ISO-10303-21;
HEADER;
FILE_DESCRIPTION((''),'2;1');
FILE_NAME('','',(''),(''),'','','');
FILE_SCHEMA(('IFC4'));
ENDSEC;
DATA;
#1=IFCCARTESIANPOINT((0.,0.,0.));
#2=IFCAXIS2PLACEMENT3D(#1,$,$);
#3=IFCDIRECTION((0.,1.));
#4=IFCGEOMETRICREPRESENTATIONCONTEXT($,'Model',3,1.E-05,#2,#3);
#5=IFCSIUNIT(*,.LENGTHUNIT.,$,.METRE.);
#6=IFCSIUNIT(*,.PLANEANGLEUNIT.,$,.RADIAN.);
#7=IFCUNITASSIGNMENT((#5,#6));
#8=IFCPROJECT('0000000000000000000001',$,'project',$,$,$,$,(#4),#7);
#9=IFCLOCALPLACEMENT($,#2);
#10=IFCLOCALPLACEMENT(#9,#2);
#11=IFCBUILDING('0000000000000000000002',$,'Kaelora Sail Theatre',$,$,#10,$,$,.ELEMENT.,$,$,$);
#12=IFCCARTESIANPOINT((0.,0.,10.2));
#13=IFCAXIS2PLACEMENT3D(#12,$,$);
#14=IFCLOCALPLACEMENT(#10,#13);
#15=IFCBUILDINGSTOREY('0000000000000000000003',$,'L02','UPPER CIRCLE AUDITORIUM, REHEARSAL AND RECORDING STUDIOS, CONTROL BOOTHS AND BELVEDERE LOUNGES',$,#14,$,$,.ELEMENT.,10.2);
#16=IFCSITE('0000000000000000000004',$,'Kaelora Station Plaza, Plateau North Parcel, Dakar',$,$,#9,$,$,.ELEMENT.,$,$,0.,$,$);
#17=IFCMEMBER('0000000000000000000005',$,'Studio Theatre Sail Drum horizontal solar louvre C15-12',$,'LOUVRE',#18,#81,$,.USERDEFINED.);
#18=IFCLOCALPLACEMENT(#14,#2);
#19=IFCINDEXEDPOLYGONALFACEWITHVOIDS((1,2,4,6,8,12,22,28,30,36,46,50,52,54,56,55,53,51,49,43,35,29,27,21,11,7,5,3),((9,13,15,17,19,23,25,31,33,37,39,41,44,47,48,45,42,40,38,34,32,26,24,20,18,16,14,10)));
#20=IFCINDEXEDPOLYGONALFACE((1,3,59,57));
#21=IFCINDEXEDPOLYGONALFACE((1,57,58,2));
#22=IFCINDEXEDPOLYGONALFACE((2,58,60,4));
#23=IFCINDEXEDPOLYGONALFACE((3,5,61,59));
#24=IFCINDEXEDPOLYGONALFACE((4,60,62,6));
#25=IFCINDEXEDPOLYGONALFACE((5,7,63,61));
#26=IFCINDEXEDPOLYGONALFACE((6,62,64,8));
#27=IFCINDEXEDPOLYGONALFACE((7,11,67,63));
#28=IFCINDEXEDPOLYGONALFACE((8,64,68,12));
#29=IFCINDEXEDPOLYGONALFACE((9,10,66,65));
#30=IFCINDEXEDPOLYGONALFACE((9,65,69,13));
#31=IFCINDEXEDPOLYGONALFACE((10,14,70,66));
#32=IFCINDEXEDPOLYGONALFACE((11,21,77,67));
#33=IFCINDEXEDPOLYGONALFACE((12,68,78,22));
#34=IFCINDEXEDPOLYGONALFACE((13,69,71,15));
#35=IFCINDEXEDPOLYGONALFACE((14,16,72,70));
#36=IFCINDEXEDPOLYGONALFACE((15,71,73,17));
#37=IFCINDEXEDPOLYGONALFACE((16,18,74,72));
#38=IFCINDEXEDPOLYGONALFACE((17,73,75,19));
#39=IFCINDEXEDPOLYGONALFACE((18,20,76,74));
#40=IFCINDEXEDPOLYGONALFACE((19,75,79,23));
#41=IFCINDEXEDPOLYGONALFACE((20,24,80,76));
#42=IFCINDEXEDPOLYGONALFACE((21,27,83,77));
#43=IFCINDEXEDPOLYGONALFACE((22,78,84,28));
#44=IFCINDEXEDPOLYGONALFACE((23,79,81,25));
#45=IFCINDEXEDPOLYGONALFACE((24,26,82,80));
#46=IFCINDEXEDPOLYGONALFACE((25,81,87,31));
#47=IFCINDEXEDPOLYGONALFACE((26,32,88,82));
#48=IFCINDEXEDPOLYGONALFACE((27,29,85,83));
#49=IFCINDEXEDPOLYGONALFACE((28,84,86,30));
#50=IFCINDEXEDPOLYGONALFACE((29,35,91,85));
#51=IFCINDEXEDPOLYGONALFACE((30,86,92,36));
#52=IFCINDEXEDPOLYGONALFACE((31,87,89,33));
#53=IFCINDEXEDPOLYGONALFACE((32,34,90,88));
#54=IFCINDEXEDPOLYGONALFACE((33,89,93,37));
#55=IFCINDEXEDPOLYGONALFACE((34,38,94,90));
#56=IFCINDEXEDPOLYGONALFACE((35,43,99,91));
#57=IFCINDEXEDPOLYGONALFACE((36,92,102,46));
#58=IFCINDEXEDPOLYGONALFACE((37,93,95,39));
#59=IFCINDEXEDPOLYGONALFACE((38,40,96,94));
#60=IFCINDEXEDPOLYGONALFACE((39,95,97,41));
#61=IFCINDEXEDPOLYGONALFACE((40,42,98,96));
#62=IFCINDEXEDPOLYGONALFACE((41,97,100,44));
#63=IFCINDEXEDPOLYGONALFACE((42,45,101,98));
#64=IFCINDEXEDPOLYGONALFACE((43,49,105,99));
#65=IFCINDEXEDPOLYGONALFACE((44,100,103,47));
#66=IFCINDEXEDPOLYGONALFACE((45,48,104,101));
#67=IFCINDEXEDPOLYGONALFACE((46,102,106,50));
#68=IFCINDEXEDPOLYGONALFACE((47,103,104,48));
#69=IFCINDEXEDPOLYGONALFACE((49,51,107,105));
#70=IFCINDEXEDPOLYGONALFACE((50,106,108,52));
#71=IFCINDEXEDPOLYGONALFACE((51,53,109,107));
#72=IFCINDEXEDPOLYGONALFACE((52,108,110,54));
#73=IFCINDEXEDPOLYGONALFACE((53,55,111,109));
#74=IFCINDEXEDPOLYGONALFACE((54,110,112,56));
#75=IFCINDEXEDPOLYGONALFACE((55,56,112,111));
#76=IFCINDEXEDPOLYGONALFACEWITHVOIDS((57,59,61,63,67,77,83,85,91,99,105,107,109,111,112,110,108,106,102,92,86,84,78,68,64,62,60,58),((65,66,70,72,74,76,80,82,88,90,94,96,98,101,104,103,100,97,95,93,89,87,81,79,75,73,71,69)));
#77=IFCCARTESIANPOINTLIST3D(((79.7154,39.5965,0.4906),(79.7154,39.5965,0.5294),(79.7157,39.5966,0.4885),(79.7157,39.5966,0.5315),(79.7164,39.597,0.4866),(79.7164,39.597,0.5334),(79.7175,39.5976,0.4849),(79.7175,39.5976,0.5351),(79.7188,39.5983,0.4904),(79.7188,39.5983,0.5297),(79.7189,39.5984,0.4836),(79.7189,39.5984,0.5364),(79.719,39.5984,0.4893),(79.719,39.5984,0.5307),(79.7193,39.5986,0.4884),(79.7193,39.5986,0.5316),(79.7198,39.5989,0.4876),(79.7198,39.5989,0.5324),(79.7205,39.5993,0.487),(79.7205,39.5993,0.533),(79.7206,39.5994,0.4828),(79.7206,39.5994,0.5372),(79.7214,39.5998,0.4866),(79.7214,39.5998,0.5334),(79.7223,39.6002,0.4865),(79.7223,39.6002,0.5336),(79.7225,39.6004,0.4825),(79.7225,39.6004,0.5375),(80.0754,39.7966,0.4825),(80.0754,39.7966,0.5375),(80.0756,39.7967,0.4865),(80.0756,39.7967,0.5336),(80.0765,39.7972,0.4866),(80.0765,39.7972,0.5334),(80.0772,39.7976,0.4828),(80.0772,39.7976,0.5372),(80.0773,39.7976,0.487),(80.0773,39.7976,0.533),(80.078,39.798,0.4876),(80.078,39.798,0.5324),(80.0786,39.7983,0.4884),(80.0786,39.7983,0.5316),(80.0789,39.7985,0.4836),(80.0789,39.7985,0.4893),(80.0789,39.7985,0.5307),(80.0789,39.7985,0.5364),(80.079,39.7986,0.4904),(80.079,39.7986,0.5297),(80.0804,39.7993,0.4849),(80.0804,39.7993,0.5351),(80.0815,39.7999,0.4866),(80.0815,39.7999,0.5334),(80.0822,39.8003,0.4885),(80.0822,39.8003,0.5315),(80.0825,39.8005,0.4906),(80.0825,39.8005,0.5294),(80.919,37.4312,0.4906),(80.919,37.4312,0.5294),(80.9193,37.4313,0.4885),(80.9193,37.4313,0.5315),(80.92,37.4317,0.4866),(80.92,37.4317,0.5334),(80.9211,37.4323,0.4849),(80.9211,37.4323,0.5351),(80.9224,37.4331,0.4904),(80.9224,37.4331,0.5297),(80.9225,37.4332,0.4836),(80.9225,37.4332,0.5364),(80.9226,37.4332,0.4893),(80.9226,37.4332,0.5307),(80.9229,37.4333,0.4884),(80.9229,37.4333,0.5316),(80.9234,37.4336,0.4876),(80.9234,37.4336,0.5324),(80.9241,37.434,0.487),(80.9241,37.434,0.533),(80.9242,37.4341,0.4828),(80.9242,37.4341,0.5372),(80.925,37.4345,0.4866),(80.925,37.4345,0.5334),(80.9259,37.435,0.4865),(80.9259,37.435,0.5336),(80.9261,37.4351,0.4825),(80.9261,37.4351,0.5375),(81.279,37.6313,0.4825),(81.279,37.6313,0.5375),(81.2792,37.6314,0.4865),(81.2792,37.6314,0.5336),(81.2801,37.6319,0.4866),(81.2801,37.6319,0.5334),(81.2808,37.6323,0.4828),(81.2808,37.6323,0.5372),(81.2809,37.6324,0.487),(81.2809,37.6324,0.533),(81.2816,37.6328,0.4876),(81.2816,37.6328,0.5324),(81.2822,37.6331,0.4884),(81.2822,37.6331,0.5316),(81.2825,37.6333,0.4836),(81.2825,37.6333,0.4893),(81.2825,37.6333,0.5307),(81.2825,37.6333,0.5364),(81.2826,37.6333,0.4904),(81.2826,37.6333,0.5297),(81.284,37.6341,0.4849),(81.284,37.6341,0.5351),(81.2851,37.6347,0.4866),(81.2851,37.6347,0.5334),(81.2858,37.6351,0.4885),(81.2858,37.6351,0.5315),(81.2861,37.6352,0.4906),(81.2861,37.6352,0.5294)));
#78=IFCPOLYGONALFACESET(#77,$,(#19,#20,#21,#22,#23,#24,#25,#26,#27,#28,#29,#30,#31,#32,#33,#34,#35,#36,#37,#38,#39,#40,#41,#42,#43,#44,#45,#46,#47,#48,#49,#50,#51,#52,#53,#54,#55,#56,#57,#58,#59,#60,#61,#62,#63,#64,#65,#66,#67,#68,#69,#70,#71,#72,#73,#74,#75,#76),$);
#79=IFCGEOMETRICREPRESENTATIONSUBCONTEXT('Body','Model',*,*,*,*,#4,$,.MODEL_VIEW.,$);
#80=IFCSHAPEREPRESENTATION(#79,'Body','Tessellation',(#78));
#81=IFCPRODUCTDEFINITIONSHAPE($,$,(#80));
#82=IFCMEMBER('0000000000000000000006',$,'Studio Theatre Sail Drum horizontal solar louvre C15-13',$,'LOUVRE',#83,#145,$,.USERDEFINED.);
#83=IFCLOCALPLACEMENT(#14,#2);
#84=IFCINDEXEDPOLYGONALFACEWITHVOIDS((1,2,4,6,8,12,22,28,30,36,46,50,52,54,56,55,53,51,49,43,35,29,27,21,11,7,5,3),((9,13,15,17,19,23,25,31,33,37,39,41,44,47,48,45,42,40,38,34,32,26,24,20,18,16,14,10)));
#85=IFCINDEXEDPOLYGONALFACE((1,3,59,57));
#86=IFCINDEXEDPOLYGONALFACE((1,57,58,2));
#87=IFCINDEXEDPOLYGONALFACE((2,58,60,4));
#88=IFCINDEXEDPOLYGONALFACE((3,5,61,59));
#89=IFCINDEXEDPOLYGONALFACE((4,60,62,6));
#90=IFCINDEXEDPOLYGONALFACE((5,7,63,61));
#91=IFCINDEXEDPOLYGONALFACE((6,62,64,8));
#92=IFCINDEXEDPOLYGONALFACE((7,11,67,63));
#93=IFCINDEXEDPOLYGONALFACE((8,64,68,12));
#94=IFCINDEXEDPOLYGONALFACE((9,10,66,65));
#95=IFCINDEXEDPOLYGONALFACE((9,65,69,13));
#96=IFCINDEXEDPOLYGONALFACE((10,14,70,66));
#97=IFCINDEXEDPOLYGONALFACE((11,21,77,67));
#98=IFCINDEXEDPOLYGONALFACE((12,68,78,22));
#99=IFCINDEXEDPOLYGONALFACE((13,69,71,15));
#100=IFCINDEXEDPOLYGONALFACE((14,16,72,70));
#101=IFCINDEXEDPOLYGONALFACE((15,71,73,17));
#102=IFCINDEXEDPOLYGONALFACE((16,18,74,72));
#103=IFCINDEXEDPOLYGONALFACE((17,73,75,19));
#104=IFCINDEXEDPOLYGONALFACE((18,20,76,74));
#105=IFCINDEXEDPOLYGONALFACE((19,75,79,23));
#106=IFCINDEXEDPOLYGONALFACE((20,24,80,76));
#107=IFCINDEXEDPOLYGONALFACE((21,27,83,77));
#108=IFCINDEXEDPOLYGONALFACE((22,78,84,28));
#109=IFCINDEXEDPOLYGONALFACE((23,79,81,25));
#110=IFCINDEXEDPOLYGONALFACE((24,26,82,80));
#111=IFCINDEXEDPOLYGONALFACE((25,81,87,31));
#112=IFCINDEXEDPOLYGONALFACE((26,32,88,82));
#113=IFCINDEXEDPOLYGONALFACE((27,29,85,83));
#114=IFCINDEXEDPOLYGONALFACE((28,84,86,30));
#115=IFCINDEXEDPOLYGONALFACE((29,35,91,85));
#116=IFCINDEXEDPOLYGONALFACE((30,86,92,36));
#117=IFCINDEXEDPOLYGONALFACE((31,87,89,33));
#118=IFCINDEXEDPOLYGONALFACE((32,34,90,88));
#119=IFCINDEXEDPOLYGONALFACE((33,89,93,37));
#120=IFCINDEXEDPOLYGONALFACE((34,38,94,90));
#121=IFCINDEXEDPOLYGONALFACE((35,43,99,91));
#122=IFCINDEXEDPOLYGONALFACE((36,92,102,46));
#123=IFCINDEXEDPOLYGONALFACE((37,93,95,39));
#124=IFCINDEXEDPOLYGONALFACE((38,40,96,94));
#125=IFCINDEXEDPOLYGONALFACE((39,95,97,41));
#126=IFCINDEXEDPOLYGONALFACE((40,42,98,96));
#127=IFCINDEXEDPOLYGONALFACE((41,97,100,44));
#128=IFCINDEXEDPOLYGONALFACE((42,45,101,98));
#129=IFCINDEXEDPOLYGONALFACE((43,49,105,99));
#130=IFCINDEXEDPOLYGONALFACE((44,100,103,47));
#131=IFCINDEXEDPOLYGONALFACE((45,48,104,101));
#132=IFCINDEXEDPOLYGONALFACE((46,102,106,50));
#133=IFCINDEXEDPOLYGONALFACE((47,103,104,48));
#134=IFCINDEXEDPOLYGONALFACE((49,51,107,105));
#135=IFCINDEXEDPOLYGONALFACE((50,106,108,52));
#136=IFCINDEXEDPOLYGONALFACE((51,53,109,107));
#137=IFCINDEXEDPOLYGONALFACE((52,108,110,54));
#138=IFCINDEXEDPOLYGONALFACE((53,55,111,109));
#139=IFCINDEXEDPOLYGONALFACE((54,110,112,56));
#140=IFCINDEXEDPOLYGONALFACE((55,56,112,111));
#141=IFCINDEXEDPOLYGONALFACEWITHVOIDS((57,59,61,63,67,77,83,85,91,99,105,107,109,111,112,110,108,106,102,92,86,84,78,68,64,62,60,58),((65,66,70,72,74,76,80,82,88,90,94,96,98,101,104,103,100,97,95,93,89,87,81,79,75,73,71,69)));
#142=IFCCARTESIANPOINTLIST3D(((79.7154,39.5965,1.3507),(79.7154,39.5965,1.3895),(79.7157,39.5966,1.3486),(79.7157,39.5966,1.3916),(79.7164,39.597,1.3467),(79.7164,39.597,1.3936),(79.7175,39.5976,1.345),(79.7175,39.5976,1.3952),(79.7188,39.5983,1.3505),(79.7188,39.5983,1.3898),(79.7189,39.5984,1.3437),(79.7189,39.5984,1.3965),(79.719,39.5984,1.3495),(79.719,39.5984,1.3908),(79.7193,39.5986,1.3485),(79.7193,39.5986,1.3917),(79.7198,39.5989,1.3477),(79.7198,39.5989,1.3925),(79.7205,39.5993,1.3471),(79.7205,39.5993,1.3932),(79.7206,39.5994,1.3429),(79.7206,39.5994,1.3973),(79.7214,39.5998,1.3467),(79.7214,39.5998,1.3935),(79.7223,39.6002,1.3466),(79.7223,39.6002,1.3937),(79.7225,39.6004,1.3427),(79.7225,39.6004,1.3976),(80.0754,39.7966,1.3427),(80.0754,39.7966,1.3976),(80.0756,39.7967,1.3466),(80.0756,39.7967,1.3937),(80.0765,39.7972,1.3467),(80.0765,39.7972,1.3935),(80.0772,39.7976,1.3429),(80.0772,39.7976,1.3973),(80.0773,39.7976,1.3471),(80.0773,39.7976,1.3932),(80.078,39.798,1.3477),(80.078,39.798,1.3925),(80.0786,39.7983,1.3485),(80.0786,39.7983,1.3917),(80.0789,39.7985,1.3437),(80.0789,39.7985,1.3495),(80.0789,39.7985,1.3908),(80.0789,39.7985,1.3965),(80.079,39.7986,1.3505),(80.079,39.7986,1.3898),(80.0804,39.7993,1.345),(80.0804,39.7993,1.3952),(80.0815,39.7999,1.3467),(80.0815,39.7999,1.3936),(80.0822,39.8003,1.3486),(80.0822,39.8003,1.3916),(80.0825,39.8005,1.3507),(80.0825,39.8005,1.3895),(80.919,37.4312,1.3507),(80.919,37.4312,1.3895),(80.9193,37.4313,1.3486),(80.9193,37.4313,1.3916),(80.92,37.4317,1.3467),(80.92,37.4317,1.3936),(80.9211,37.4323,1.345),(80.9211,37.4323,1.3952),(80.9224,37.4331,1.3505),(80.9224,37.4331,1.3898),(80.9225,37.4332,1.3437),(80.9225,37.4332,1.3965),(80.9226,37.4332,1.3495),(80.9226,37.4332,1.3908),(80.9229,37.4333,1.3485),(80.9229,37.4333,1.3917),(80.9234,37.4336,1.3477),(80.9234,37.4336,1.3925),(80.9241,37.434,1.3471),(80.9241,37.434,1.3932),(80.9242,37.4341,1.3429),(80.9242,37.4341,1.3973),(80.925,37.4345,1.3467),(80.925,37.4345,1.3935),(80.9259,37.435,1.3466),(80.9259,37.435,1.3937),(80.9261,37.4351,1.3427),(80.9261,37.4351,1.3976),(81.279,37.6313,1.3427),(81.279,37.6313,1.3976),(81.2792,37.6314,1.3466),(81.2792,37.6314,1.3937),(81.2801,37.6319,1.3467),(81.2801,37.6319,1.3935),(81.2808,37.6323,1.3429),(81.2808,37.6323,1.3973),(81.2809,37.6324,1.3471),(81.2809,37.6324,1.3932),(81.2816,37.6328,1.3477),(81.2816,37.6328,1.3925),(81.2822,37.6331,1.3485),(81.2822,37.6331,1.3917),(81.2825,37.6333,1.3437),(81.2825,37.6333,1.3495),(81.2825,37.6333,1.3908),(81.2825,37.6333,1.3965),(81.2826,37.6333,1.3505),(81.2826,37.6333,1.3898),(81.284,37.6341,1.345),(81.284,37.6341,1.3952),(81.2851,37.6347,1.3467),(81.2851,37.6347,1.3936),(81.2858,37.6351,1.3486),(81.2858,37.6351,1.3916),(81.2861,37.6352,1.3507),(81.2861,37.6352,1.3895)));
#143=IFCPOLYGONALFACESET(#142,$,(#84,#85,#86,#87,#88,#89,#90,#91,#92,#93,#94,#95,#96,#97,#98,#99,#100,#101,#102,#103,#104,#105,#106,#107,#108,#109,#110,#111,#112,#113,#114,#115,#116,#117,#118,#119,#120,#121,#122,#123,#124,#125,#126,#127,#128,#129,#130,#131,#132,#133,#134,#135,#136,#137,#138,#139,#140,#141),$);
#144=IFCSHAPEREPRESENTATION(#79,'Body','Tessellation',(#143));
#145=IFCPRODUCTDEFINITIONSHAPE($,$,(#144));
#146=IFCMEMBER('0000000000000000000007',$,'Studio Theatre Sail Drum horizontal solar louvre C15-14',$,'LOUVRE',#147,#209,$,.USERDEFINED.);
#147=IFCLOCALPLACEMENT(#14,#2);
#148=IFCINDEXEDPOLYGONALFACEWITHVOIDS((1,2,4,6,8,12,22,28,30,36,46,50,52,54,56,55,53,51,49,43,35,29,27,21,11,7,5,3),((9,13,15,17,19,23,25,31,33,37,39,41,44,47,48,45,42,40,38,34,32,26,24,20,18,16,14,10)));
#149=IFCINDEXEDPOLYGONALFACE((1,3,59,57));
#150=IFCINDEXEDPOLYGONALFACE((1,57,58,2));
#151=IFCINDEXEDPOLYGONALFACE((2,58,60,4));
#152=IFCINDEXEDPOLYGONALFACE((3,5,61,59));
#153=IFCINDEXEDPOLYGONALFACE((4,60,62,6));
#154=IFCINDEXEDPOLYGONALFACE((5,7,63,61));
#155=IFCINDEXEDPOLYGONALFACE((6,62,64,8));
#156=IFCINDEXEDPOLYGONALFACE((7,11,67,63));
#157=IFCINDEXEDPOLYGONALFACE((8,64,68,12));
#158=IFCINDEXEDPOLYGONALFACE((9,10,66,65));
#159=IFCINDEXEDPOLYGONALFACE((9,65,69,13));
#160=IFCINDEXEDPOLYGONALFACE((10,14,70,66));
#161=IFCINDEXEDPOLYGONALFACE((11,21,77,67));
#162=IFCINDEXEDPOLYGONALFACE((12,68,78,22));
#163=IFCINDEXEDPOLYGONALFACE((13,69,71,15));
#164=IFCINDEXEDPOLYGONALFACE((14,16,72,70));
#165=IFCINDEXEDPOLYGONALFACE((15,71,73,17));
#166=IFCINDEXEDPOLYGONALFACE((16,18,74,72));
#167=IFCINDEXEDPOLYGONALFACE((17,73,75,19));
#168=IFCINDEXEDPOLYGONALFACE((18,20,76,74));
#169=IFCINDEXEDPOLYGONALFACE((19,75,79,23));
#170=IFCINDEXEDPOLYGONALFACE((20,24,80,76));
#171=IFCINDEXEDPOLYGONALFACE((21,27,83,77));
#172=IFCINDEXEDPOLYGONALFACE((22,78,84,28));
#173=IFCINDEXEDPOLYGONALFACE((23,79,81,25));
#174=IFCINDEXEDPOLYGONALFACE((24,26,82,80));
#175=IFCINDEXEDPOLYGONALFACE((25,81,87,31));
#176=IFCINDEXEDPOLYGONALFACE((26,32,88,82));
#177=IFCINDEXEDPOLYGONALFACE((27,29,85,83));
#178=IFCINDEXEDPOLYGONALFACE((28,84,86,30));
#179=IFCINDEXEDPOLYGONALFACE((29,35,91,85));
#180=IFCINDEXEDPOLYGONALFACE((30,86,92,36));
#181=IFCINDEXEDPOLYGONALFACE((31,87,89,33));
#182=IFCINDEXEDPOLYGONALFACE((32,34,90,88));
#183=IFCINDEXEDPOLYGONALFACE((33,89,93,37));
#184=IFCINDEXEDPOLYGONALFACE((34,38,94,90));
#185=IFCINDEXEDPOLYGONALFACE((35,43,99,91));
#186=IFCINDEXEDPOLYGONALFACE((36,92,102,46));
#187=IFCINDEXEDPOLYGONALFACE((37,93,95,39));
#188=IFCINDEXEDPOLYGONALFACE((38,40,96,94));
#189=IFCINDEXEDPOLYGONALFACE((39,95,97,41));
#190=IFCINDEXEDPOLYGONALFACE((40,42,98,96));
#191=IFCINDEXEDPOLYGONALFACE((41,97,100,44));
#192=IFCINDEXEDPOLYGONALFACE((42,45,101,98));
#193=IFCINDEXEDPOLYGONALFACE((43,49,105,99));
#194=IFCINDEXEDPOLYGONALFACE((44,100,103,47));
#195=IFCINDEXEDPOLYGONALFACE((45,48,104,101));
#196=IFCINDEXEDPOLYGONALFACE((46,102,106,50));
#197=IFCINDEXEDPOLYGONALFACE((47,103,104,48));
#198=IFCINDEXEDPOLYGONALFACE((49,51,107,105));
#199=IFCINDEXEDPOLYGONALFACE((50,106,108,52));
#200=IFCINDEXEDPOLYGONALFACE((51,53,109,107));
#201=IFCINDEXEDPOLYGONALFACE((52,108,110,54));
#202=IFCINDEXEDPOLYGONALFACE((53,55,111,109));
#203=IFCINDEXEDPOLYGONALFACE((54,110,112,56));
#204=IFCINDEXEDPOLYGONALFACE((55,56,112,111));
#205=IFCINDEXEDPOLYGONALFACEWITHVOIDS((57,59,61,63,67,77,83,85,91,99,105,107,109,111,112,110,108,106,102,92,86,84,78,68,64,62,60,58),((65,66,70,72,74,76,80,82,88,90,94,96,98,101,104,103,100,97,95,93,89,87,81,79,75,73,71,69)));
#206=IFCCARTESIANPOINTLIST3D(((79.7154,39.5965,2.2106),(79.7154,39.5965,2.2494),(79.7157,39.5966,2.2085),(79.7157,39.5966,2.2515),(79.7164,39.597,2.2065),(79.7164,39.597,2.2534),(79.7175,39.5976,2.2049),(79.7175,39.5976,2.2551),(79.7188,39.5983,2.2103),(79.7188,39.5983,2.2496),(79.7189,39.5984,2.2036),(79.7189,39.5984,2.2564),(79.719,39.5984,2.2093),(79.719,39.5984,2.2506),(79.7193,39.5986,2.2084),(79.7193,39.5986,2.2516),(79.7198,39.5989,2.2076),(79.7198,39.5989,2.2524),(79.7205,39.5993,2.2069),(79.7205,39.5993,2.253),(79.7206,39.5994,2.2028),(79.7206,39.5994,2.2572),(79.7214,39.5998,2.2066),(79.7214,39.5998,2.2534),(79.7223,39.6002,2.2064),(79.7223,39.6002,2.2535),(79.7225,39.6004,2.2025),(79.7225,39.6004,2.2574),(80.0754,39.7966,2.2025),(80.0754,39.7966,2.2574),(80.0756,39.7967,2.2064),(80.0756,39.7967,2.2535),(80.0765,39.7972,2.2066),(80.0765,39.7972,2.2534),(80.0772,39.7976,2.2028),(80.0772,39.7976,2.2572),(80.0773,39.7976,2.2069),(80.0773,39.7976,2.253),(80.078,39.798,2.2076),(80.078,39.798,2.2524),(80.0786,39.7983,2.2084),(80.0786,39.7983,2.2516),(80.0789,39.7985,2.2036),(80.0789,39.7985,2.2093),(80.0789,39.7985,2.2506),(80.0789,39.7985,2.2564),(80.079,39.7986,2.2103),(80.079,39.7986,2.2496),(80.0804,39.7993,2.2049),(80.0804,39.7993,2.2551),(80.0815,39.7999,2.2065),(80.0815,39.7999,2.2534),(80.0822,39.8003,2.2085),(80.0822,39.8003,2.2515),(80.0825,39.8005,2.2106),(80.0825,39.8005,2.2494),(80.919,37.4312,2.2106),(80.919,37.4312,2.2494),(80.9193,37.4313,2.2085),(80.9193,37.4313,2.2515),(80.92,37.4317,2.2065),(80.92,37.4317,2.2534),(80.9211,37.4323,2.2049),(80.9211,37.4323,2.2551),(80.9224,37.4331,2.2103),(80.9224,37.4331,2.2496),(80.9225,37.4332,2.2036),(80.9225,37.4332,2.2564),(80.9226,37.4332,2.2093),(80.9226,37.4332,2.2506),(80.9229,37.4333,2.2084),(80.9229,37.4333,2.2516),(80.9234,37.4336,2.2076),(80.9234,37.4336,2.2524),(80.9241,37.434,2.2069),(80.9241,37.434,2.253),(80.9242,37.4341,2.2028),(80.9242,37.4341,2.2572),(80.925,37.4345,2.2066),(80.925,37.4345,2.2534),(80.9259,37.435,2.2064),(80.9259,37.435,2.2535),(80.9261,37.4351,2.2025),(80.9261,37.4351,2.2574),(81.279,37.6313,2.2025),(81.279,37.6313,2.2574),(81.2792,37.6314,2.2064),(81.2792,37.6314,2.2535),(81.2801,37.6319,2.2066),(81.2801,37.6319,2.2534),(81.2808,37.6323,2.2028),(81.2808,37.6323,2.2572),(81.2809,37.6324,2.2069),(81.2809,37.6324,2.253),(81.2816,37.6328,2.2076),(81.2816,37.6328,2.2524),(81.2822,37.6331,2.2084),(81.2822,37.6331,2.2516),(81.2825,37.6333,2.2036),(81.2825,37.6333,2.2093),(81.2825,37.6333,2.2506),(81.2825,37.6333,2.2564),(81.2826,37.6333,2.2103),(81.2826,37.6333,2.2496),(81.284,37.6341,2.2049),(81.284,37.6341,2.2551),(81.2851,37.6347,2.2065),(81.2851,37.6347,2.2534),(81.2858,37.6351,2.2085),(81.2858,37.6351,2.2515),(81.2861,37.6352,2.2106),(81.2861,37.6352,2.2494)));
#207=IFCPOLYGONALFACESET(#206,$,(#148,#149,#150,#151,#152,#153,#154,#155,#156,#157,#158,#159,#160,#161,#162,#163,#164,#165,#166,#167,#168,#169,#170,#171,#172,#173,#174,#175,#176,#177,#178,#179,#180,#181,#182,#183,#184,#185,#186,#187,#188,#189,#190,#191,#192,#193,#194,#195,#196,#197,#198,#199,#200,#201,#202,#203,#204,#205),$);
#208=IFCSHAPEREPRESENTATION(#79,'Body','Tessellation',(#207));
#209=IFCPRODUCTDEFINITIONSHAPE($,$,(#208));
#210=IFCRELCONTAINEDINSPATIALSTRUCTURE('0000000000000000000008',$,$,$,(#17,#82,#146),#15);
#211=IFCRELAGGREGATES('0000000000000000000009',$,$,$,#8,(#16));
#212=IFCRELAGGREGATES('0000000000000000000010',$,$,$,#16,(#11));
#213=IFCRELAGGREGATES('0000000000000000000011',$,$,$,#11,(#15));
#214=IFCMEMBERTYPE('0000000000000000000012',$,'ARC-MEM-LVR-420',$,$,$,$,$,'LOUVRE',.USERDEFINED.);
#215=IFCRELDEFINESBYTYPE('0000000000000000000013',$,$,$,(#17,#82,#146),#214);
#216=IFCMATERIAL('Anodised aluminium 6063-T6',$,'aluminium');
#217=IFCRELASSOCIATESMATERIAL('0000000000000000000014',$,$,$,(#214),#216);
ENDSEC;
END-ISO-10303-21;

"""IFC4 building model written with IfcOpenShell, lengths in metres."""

from ifc_helpers import new_model, si_unit, direction, frame, origin, origin_2d, place, context, subcontext, project, spatial, hollow_rectangle, extrude, material, material_profile, profile_set, type_object, element, save


model = new_model("IFC4")

# Units and contexts
model_context = context("Model", 3, precision=1e-05, world=origin(), true_north=direction((0.0, 1.0)))
body_context = subcontext(model_context, "Body", "Model", "MODEL_VIEW")
ifc_project = project(units=[si_unit("LENGTHUNIT", "METRE"), si_unit("PLANEANGLEUNIT", "RADIAN")], contexts=[model_context])

# Site, building, storey
site_placement = place(None, origin())
site = spatial("IfcSite", under=ifc_project, at=site_placement, Name="Kaelora Station Plaza, Plateau North Parcel, Dakar", CompositionType="ELEMENT", RefElevation=0.0)
building_placement = place(site_placement, origin())
building = spatial("IfcBuilding", under=site, at=building_placement, Name="Kaelora Sail Theatre", CompositionType="ELEMENT")
storey_placement = place(building_placement, frame((0.0, 0.0, 10.2)))
storey = spatial("IfcBuildingStorey", under=building, at=storey_placement, Name="L02", Description="UPPER CIRCLE AUDITORIUM, REHEARSAL AND RECORDING STUDIOS, CONTROL BOOTHS AND BELVEDERE LOUNGES", CompositionType="ELEMENT", Elevation=10.2)

# Members
ifc_material_1 = material(Name="Anodised aluminium 6063-T6", Category="aluminium")
ifc_material_profile_1 = material_profile(ifc_material_1, hollow_rectangle(XDim=0.4199, YDim=0.0549, WallThickness=0.0039, InnerFilletRadius=0.0039, OuterFilletRadius=0.0081, at=origin_2d()), Name="LOUVRE 420x55x4")
ifc_profile_set_1 = profile_set([ifc_material_profile_1], Name="Anodised aluminium 6063-T6")
member_type = type_object("IfcMemberType", Name="ARC-MEM-LVR-420", ElementType="LOUVRE", PredefinedType="USERDEFINED", material=ifc_profile_set_1)
for number, where, z_axis, x_axis, name in (
    (1, (81.1025, 37.5332, 0.51), (-0.485852, 0.874041, 0.0), (-0.874041, -0.485852, 0.0), "Studio Theatre Sail Drum horizontal solar louvre C15-12"),
    (2, (81.1025, 37.5332, 1.3701), (-0.485852, 0.874041, 0.0), (-0.874041, -0.485852, 0.0), "Studio Theatre Sail Drum horizontal solar louvre C15-13"),
    (3, (81.1025, 37.5332, 2.23), (-0.485852, 0.874041, 0.0), (-0.874041, -0.485852, 0.0), "Studio Theatre Sail Drum horizontal solar louvre C15-14"),
):
    element("IfcMember", number, at=place(storey_placement, frame(where, z_axis=z_axis, x_axis=x_axis)), inside=storey, type_object=member_type, Name=name, ObjectType="LOUVRE", PredefinedType="USERDEFINED", context=body_context, shape_type="SweptSolid", body=[
        extrude(hollow_rectangle(XDim=0.4199, YDim=0.0549, WallThickness=0.0039, InnerFilletRadius=0.0039, OuterFilletRadius=0.0081, at=origin_2d()), origin(), (0.0, 0.0, 1.0), 2.4773),
    ])

save(model, "model.ifc")
